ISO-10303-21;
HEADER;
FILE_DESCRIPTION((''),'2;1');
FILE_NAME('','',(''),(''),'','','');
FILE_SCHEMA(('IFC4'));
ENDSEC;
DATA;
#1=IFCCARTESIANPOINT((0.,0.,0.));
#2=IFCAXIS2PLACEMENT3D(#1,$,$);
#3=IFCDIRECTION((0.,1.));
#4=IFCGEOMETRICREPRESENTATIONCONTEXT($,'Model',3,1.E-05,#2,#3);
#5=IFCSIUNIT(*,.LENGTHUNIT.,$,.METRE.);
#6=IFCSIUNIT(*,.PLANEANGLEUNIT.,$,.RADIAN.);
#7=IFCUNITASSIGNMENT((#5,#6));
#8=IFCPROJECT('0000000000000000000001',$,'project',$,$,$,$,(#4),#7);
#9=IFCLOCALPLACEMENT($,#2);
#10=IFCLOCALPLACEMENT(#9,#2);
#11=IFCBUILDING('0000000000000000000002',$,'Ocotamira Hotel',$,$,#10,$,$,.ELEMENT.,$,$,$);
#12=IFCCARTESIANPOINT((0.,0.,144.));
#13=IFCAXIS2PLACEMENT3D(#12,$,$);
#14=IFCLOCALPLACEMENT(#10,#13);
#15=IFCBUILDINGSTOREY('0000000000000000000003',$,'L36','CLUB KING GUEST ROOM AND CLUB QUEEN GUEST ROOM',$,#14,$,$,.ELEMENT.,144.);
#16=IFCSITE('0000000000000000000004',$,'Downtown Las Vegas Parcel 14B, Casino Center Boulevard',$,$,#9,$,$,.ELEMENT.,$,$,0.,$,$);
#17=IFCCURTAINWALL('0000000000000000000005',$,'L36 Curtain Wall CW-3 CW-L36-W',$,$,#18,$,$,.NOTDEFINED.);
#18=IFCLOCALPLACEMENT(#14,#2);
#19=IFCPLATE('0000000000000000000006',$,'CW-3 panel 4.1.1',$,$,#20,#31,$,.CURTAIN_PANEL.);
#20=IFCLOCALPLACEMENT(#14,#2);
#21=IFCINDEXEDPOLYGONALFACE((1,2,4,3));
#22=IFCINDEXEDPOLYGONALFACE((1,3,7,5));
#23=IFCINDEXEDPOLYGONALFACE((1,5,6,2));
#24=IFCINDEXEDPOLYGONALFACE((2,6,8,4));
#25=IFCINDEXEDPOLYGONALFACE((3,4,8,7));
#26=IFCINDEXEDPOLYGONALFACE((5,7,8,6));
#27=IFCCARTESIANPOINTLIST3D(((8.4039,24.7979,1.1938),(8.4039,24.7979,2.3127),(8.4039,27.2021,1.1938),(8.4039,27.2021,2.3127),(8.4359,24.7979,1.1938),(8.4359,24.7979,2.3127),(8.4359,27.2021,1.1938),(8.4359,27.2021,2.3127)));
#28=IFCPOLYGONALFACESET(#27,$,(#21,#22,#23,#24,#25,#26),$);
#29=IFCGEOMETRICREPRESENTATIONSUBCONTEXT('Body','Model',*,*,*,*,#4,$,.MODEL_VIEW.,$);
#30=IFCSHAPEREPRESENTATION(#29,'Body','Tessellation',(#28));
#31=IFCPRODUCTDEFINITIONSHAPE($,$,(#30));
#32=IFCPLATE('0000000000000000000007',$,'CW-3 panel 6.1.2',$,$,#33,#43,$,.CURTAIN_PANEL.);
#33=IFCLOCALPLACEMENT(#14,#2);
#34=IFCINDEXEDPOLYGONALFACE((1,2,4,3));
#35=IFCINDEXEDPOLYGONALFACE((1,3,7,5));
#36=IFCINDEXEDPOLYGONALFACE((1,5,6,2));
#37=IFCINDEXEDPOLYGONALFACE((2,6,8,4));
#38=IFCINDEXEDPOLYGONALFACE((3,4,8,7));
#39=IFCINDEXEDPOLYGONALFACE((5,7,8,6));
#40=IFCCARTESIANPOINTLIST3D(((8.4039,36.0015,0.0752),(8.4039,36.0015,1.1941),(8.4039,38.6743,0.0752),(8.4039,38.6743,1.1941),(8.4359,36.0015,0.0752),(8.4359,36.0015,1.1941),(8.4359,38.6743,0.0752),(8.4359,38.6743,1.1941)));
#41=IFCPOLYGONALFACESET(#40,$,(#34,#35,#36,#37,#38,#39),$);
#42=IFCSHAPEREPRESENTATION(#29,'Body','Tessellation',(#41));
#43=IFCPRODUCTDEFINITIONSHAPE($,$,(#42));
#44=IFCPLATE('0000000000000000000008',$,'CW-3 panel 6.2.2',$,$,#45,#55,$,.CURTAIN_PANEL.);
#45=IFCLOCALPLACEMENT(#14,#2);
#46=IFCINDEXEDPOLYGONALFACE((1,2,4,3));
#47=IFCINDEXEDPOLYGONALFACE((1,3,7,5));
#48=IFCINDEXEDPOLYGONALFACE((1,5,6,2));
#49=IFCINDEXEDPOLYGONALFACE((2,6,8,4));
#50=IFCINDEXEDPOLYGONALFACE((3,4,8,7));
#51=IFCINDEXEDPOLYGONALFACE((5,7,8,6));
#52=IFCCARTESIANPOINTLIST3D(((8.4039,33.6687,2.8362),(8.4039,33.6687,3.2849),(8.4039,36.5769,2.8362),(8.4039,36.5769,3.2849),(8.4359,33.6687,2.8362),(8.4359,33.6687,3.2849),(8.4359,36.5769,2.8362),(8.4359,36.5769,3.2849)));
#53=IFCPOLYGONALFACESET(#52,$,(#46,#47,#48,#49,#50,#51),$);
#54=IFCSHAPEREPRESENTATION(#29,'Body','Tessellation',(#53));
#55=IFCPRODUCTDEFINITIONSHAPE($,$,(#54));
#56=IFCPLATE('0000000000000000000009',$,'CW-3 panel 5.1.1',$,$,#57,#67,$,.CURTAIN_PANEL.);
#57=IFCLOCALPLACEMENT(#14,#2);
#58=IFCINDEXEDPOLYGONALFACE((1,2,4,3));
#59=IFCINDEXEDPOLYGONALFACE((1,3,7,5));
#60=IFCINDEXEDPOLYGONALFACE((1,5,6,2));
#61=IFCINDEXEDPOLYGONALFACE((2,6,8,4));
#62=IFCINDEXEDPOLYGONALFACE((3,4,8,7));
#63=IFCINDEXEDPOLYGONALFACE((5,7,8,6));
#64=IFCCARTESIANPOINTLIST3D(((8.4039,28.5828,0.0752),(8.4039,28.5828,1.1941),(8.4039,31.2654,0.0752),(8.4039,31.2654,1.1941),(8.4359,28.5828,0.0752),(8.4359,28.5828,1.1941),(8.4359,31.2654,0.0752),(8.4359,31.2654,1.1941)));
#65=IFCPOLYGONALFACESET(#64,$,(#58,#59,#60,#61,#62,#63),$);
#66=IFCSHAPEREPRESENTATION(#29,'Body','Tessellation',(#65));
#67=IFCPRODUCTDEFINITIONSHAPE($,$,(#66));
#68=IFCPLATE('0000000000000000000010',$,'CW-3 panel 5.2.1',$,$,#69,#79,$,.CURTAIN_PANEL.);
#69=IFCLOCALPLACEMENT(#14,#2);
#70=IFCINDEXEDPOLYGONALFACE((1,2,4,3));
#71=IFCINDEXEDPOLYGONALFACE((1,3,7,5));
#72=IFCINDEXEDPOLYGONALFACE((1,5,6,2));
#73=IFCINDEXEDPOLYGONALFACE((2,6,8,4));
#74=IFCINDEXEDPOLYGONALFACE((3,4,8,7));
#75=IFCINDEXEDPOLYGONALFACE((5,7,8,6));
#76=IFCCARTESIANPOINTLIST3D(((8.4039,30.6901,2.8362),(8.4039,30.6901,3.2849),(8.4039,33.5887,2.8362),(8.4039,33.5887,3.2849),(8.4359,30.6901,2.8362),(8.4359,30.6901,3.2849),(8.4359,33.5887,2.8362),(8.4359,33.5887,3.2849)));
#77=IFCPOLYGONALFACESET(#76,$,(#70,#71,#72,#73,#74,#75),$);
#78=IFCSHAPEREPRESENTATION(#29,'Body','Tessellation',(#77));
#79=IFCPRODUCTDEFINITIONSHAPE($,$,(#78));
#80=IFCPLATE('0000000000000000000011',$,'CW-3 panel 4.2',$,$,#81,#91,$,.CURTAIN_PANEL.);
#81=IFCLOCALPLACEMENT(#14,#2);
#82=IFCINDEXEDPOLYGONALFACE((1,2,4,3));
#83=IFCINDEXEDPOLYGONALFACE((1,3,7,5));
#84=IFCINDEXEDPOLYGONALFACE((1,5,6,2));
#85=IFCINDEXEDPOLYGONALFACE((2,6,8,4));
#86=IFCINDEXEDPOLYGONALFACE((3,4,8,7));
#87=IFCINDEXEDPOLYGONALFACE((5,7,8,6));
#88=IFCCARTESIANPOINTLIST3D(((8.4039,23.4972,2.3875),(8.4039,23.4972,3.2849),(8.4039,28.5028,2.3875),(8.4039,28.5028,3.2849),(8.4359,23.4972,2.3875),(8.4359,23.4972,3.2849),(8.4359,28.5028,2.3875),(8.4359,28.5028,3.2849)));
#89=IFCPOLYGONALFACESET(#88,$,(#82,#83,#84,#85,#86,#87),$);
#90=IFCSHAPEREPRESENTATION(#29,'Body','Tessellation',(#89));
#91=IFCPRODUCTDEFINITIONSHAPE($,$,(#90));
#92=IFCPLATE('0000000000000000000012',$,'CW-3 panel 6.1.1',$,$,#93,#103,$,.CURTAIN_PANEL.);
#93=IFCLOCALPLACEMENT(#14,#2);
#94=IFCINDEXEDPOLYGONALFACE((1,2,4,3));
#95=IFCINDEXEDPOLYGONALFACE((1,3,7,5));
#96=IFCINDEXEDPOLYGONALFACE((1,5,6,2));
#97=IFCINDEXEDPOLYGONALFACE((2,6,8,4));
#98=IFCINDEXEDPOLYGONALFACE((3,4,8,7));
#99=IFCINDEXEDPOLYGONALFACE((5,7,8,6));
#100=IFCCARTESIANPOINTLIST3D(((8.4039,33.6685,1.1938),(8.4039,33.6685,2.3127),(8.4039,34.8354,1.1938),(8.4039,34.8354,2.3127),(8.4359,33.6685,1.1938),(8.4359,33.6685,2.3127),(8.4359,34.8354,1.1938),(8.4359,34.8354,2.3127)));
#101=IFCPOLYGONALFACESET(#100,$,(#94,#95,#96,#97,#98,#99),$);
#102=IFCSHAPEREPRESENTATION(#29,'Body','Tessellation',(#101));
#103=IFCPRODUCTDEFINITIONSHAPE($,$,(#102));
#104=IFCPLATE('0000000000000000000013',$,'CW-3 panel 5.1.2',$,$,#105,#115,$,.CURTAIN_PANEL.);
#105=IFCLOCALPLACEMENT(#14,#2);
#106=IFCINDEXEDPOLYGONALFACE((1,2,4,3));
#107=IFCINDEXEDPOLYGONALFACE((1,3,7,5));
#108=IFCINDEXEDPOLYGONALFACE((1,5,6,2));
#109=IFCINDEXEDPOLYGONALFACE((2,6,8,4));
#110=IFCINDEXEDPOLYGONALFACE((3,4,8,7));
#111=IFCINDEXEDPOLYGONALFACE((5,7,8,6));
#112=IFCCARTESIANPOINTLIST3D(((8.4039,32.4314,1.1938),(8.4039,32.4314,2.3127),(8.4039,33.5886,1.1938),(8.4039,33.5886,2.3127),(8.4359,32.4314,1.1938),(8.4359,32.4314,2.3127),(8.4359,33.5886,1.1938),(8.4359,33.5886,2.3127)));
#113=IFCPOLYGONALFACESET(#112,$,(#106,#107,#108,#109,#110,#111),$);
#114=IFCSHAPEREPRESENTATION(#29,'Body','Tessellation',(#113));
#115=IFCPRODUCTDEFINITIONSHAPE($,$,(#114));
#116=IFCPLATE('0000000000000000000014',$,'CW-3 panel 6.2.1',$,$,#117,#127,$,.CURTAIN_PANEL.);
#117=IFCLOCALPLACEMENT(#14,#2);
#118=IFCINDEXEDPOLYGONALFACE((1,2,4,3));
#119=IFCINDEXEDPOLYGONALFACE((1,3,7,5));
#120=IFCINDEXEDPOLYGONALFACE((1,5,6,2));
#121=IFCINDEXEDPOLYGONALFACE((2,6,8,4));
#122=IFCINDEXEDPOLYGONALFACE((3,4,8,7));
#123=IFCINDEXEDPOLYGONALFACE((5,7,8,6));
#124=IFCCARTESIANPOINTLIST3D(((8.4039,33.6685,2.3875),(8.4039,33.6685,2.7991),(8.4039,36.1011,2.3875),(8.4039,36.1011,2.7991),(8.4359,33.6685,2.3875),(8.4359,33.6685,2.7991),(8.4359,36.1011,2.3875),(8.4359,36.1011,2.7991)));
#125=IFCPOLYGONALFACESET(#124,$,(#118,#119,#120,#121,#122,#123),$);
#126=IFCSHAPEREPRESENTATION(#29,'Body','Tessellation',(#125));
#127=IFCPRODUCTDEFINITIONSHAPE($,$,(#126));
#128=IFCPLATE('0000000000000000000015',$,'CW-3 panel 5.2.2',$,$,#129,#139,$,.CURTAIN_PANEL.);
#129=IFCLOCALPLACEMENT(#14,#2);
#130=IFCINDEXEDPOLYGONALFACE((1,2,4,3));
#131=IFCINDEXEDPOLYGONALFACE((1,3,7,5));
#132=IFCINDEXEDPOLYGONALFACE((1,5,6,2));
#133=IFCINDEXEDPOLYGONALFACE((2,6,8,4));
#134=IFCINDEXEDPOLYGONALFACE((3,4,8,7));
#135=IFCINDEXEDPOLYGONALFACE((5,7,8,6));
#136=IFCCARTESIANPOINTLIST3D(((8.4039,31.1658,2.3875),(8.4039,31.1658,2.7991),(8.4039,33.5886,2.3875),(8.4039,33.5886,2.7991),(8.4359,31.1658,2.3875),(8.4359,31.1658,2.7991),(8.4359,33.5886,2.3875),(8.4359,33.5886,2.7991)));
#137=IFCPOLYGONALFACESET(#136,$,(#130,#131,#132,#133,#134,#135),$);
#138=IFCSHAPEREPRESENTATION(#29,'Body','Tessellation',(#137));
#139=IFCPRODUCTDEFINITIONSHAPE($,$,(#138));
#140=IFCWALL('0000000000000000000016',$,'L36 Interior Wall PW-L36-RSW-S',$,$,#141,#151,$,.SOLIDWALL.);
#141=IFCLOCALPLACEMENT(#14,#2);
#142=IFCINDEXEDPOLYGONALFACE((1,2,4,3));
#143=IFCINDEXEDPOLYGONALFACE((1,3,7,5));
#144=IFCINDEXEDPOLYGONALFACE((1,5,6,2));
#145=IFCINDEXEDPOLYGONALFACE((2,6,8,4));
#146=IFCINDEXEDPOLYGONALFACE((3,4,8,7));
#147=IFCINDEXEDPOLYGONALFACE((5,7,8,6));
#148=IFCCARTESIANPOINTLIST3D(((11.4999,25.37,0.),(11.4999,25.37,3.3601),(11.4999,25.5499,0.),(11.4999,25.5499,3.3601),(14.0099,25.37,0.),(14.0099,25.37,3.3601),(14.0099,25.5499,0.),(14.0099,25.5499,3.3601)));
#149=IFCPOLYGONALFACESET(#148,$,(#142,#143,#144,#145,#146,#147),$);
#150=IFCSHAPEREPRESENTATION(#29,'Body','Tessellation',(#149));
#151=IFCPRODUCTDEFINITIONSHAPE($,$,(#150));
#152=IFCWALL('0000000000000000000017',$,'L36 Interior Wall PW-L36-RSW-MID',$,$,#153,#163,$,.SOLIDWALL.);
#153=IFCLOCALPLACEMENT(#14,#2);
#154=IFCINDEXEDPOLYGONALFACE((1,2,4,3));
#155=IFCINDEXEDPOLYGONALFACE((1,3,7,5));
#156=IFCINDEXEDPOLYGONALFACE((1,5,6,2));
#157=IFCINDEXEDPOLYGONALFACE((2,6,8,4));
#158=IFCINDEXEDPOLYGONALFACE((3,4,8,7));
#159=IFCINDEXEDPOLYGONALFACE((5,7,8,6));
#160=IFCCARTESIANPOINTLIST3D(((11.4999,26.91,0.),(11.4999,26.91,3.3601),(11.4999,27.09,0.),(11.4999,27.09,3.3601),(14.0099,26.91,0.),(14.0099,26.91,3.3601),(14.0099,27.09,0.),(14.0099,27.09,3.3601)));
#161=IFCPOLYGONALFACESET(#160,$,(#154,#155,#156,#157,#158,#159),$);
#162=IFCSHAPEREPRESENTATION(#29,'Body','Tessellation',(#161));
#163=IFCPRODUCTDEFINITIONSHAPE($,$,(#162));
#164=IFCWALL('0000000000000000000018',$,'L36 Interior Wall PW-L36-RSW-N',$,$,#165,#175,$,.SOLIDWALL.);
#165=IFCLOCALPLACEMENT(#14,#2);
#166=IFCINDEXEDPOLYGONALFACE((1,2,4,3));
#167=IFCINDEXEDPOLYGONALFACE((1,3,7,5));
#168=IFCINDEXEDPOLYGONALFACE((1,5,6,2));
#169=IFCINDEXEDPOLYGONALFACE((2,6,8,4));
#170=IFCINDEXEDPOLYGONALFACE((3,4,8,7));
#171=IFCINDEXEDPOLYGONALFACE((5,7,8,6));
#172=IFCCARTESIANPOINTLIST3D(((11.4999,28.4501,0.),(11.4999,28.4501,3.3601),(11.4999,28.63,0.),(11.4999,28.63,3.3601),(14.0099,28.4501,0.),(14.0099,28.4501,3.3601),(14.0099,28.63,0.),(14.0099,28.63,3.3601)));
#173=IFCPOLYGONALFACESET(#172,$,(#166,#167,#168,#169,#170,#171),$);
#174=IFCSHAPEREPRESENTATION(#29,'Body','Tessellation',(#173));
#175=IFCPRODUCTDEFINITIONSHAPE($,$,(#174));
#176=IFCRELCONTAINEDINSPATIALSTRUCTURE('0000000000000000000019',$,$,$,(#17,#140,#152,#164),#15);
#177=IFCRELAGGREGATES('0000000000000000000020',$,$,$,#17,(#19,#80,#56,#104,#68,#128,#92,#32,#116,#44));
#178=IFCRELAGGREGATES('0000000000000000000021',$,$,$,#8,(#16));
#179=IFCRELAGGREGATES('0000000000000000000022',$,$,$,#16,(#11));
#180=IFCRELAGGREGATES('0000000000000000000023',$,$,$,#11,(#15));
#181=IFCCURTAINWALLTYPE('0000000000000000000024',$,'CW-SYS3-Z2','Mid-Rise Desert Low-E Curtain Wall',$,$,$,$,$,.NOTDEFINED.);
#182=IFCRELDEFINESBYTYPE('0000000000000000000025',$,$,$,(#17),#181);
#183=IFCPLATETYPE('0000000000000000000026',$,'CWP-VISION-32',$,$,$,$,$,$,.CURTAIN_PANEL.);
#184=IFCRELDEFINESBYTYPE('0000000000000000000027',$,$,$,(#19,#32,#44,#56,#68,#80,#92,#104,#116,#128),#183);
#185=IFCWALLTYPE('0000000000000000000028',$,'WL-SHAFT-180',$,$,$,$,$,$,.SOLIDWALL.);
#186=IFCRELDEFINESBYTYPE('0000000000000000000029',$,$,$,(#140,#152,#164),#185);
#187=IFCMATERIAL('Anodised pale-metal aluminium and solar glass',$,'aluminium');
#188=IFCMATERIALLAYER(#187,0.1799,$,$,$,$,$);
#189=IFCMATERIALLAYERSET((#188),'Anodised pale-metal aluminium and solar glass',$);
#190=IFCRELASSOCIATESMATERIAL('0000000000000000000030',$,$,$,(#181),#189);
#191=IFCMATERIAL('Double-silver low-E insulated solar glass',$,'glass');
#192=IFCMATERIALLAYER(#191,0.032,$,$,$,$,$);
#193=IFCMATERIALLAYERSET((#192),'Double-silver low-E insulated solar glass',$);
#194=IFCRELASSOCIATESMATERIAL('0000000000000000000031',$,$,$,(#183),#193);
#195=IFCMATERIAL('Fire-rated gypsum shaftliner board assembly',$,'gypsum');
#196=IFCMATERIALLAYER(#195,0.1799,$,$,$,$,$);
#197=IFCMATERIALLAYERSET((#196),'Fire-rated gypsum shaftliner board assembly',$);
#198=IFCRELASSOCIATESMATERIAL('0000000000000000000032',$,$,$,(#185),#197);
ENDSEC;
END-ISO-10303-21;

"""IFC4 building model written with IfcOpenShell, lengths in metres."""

from ifc_helpers import new_model, si_unit, direction, frame, frame_2d, origin, origin_2d, place, context, subcontext, project, spatial, rectangle, extrude, source, transform, mapped, material, layer, layer_set, type_object, element, aggregate, save


model = new_model("IFC4")

# Units and contexts
model_context = context("Model", 3, precision=1e-05, world=origin(), true_north=direction((0.0, 1.0)))
body_context = subcontext(model_context, "Body", "Model", "MODEL_VIEW")
ifc_project = project(units=[si_unit("LENGTHUNIT", "METRE"), si_unit("PLANEANGLEUNIT", "RADIAN")], contexts=[model_context])

# Site, building, storey
site_placement = place(None, origin())
site = spatial("IfcSite", under=ifc_project, at=site_placement, Name="Downtown Las Vegas Parcel 14B, Casino Center Boulevard", CompositionType="ELEMENT", RefElevation=0.0)
building_placement = place(site_placement, origin())
building = spatial("IfcBuilding", under=site, at=building_placement, Name="Ocotamira Hotel", CompositionType="ELEMENT")
storey_placement = place(building_placement, frame((0.0, 0.0, 144.0)))
storey = spatial("IfcBuildingStorey", under=building, at=storey_placement, Name="L36", Description="CLUB KING GUEST ROOM AND CLUB QUEEN GUEST ROOM", CompositionType="ELEMENT", Elevation=144.0)

# Curtain wall
ifc_material_1 = material(Name="Anodised pale-metal aluminium and solar glass", Category="aluminium")
ifc_layer_1 = layer(ifc_material_1, 0.1799)
ifc_layer_set_1 = layer_set([ifc_layer_1], Name="Anodised pale-metal aluminium and solar glass")
curtain_wall_type = type_object("IfcCurtainWallType", Name="CW-SYS3-Z2", Description="Mid-Rise Desert Low-E Curtain Wall", PredefinedType="NOTDEFINED", material=ifc_layer_set_1)
curtain_wall_placement = place(storey_placement, origin())
curtain_wall = element("IfcCurtainWall", 1, at=curtain_wall_placement, inside=storey, type_object=curtain_wall_type, Name="L36 Curtain Wall CW-3 CW-L36-W", PredefinedType="NOTDEFINED")

# Plates
ifc_material_2 = material(Name="Double-silver low-E insulated solar glass", Category="glass")
ifc_layer_2 = layer(ifc_material_2, 0.032)
ifc_layer_set_2 = layer_set([ifc_layer_2], Name="Double-silver low-E insulated solar glass")
plate_type_1 = type_object("IfcPlateType", Name="CWP-VISION-32", PredefinedType="CURTAIN_PANEL", material=ifc_layer_set_2)
shared_shape_1 = source(origin(), body_context, "Body", "SweptSolid", [
    extrude(rectangle(XDim=2.4043, YDim=0.032, at=origin_2d()), origin(), (0.0, 0.0, 1.0), 1.1189),
])
plate_1_placement = place(storey_placement, frame((8.4199, 26.0, 1.1938), z_axis=(0.0, 0.0, 1.0), x_axis=(0.0, 1.0, 0.0)))
plate_1 = element("IfcPlate", 2, at=plate_1_placement, type_object=plate_type_1, Name="CW-3 panel 4.1.1", PredefinedType="CURTAIN_PANEL", context=body_context, shape_type="MappedRepresentation", body=[
    mapped(shared_shape_1, transform((0.0, 0.0, 0.0), scale=1.0)),
])
shared_shape_2 = source(origin(), body_context, "Body", "SweptSolid", [
    extrude(rectangle(XDim=2.6729, YDim=0.032, at=origin_2d()), origin(), (0.0, 0.0, 1.0), 1.1189),
])
plate_2_placement = place(storey_placement, frame((8.4199, 37.3379, 0.0752), z_axis=(0.0, 0.0, 1.0), x_axis=(0.0, 1.0, 0.0)))
plate_2 = element("IfcPlate", 3, at=plate_2_placement, type_object=plate_type_1, Name="CW-3 panel 6.1.2", PredefinedType="CURTAIN_PANEL", context=body_context, shape_type="MappedRepresentation", body=[
    mapped(shared_shape_2, transform((0.0, 0.0, 0.0), scale=1.0)),
])
shared_shape_3 = source(origin(), body_context, "Body", "SweptSolid", [
    extrude(rectangle(XDim=2.9082, YDim=0.032, at=origin_2d()), origin(), (0.0, 0.0, 1.0), 0.4487),
])
plate_3_placement = place(storey_placement, frame((8.4199, 35.1228, 2.8362), z_axis=(0.0, 0.0, 1.0), x_axis=(0.0, 1.0, 0.0)))
plate_3 = element("IfcPlate", 4, at=plate_3_placement, type_object=plate_type_1, Name="CW-3 panel 6.2.2", PredefinedType="CURTAIN_PANEL", context=body_context, shape_type="MappedRepresentation", body=[
    mapped(shared_shape_3, transform((0.0, 0.0, 0.0), scale=1.0)),
])
shared_shape_4 = source(origin(), body_context, "Body", "SweptSolid", [
    extrude(rectangle(XDim=2.6826, YDim=0.032, at=origin_2d()), origin(), (0.0, 0.0, 1.0), 1.1189),
])
plate_4_placement = place(storey_placement, frame((8.4199, 29.9241, 0.0752), z_axis=(0.0, 0.0, 1.0), x_axis=(0.0, 1.0, 0.0)))
plate_4 = element("IfcPlate", 5, at=plate_4_placement, type_object=plate_type_1, Name="CW-3 panel 5.1.1", PredefinedType="CURTAIN_PANEL", context=body_context, shape_type="MappedRepresentation", body=[
    mapped(shared_shape_4, transform((0.0, 0.0, 0.0), scale=1.0)),
])
shared_shape_5 = source(origin(), body_context, "Body", "SweptSolid", [
    extrude(rectangle(XDim=2.8987, YDim=0.032, at=origin_2d()), origin(), (0.0, 0.0, 1.0), 0.4487),
])
plate_5_placement = place(storey_placement, frame((8.4199, 32.1394, 2.8362), z_axis=(0.0, 0.0, 1.0), x_axis=(0.0, 1.0, 0.0)))
plate_5 = element("IfcPlate", 6, at=plate_5_placement, type_object=plate_type_1, Name="CW-3 panel 5.2.1", PredefinedType="CURTAIN_PANEL", context=body_context, shape_type="MappedRepresentation", body=[
    mapped(shared_shape_5, transform((0.0, 0.0, 0.0), scale=1.0)),
])
shared_shape_6 = source(origin(), body_context, "Body", "SweptSolid", [
    extrude(rectangle(XDim=5.0056, YDim=0.032, at=origin_2d()), origin(), (0.0, 0.0, 1.0), 0.8975),
])
plate_6_placement = place(storey_placement, frame((8.4199, 26.0, 2.3875), z_axis=(0.0, 0.0, 1.0), x_axis=(0.0, 1.0, 0.0)))
plate_6 = element("IfcPlate", 7, at=plate_6_placement, type_object=plate_type_1, Name="CW-3 panel 4.2", PredefinedType="CURTAIN_PANEL", context=body_context, shape_type="MappedRepresentation", body=[
    mapped(shared_shape_6, transform((0.0, 0.0, 0.0), scale=1.0)),
])
shared_shape_7 = source(origin(), body_context, "Body", "SweptSolid", [
    extrude(rectangle(XDim=1.167, YDim=0.032, at=origin_2d()), origin(), (0.0, 0.0, 1.0), 1.1189),
])
plate_7_placement = place(storey_placement, frame((8.4199, 34.252, 1.1938), z_axis=(0.0, 0.0, 1.0), x_axis=(0.0, 1.0, 0.0)))
plate_7 = element("IfcPlate", 8, at=plate_7_placement, type_object=plate_type_1, Name="CW-3 panel 6.1.1", PredefinedType="CURTAIN_PANEL", context=body_context, shape_type="MappedRepresentation", body=[
    mapped(shared_shape_7, transform((0.0, 0.0, 0.0), scale=1.0)),
])
shared_shape_8 = source(origin(), body_context, "Body", "SweptSolid", [
    extrude(rectangle(XDim=1.1572, YDim=0.032, at=origin_2d()), origin(), (0.0, 0.0, 1.0), 1.1189),
])
plate_8_placement = place(storey_placement, frame((8.4199, 33.01, 1.1938), z_axis=(0.0, 0.0, 1.0), x_axis=(0.0, 1.0, 0.0)))
plate_8 = element("IfcPlate", 9, at=plate_8_placement, type_object=plate_type_1, Name="CW-3 panel 5.1.2", PredefinedType="CURTAIN_PANEL", context=body_context, shape_type="MappedRepresentation", body=[
    mapped(shared_shape_8, transform((0.0, 0.0, 0.0), scale=1.0)),
])
shared_shape_9 = source(origin(), body_context, "Body", "SweptSolid", [
    extrude(rectangle(XDim=2.4326, YDim=0.032, at=origin_2d()), origin(), (0.0, 0.0, 1.0), 0.4116),
])
plate_9_placement = place(storey_placement, frame((8.4199, 34.8848, 2.3875), z_axis=(0.0, 0.0, 1.0), x_axis=(0.0, 1.0, 0.0)))
plate_9 = element("IfcPlate", 10, at=plate_9_placement, type_object=plate_type_1, Name="CW-3 panel 6.2.1", PredefinedType="CURTAIN_PANEL", context=body_context, shape_type="MappedRepresentation", body=[
    mapped(shared_shape_9, transform((0.0, 0.0, 0.0), scale=1.0)),
])
shared_shape_10 = source(origin(), body_context, "Body", "SweptSolid", [
    extrude(rectangle(XDim=2.4229, YDim=0.032, at=origin_2d()), origin(), (0.0, 0.0, 1.0), 0.4116),
])
plate_10_placement = place(storey_placement, frame((8.4199, 32.3772, 2.3875), z_axis=(0.0, 0.0, 1.0), x_axis=(0.0, 1.0, 0.0)))
plate_10 = element("IfcPlate", 11, at=plate_10_placement, type_object=plate_type_1, Name="CW-3 panel 5.2.2", PredefinedType="CURTAIN_PANEL", context=body_context, shape_type="MappedRepresentation", body=[
    mapped(shared_shape_10, transform((0.0, 0.0, 0.0), scale=1.0)),
])
aggregate(curtain_wall, [plate_1, plate_6, plate_4, plate_8, plate_5, plate_10, plate_7, plate_2, plate_9, plate_3])

# Walls
ifc_material_3 = material(Name="Fire-rated gypsum shaftliner board assembly", Category="gypsum")
ifc_layer_3 = layer(ifc_material_3, 0.1799)
ifc_layer_set_3 = layer_set([ifc_layer_3], Name="Fire-rated gypsum shaftliner board assembly")
wall_type_1 = type_object("IfcWallType", Name="WL-SHAFT-180", PredefinedType="SOLIDWALL", material=ifc_layer_set_3)
for number, where, z_axis, x_axis, name in (
    (12, (11.5, 25.46, 0.0), (0.0, 0.0, 1.0), (1.0, 0.0, 0.0), "L36 Interior Wall PW-L36-RSW-S"),
    (13, (11.5, 27.0, 0.0), (0.0, 0.0, 1.0), (1.0, 0.0, 0.0), "L36 Interior Wall PW-L36-RSW-MID"),
    (14, (11.5, 28.54, 0.0), (0.0, 0.0, 1.0), (1.0, 0.0, 0.0), "L36 Interior Wall PW-L36-RSW-N"),
):
    element("IfcWall", number, at=place(storey_placement, frame(where, z_axis=z_axis, x_axis=x_axis)), inside=storey, type_object=wall_type_1, Name=name, PredefinedType="SOLIDWALL", context=body_context, shape_type="SweptSolid", body=[
        extrude(rectangle(XDim=2.51, YDim=0.1799, at=frame_2d((1.2549, 0.0))), origin(), (0.0, 0.0, 1.0), 3.3601),
    ])

save(model, "model.ifc")
